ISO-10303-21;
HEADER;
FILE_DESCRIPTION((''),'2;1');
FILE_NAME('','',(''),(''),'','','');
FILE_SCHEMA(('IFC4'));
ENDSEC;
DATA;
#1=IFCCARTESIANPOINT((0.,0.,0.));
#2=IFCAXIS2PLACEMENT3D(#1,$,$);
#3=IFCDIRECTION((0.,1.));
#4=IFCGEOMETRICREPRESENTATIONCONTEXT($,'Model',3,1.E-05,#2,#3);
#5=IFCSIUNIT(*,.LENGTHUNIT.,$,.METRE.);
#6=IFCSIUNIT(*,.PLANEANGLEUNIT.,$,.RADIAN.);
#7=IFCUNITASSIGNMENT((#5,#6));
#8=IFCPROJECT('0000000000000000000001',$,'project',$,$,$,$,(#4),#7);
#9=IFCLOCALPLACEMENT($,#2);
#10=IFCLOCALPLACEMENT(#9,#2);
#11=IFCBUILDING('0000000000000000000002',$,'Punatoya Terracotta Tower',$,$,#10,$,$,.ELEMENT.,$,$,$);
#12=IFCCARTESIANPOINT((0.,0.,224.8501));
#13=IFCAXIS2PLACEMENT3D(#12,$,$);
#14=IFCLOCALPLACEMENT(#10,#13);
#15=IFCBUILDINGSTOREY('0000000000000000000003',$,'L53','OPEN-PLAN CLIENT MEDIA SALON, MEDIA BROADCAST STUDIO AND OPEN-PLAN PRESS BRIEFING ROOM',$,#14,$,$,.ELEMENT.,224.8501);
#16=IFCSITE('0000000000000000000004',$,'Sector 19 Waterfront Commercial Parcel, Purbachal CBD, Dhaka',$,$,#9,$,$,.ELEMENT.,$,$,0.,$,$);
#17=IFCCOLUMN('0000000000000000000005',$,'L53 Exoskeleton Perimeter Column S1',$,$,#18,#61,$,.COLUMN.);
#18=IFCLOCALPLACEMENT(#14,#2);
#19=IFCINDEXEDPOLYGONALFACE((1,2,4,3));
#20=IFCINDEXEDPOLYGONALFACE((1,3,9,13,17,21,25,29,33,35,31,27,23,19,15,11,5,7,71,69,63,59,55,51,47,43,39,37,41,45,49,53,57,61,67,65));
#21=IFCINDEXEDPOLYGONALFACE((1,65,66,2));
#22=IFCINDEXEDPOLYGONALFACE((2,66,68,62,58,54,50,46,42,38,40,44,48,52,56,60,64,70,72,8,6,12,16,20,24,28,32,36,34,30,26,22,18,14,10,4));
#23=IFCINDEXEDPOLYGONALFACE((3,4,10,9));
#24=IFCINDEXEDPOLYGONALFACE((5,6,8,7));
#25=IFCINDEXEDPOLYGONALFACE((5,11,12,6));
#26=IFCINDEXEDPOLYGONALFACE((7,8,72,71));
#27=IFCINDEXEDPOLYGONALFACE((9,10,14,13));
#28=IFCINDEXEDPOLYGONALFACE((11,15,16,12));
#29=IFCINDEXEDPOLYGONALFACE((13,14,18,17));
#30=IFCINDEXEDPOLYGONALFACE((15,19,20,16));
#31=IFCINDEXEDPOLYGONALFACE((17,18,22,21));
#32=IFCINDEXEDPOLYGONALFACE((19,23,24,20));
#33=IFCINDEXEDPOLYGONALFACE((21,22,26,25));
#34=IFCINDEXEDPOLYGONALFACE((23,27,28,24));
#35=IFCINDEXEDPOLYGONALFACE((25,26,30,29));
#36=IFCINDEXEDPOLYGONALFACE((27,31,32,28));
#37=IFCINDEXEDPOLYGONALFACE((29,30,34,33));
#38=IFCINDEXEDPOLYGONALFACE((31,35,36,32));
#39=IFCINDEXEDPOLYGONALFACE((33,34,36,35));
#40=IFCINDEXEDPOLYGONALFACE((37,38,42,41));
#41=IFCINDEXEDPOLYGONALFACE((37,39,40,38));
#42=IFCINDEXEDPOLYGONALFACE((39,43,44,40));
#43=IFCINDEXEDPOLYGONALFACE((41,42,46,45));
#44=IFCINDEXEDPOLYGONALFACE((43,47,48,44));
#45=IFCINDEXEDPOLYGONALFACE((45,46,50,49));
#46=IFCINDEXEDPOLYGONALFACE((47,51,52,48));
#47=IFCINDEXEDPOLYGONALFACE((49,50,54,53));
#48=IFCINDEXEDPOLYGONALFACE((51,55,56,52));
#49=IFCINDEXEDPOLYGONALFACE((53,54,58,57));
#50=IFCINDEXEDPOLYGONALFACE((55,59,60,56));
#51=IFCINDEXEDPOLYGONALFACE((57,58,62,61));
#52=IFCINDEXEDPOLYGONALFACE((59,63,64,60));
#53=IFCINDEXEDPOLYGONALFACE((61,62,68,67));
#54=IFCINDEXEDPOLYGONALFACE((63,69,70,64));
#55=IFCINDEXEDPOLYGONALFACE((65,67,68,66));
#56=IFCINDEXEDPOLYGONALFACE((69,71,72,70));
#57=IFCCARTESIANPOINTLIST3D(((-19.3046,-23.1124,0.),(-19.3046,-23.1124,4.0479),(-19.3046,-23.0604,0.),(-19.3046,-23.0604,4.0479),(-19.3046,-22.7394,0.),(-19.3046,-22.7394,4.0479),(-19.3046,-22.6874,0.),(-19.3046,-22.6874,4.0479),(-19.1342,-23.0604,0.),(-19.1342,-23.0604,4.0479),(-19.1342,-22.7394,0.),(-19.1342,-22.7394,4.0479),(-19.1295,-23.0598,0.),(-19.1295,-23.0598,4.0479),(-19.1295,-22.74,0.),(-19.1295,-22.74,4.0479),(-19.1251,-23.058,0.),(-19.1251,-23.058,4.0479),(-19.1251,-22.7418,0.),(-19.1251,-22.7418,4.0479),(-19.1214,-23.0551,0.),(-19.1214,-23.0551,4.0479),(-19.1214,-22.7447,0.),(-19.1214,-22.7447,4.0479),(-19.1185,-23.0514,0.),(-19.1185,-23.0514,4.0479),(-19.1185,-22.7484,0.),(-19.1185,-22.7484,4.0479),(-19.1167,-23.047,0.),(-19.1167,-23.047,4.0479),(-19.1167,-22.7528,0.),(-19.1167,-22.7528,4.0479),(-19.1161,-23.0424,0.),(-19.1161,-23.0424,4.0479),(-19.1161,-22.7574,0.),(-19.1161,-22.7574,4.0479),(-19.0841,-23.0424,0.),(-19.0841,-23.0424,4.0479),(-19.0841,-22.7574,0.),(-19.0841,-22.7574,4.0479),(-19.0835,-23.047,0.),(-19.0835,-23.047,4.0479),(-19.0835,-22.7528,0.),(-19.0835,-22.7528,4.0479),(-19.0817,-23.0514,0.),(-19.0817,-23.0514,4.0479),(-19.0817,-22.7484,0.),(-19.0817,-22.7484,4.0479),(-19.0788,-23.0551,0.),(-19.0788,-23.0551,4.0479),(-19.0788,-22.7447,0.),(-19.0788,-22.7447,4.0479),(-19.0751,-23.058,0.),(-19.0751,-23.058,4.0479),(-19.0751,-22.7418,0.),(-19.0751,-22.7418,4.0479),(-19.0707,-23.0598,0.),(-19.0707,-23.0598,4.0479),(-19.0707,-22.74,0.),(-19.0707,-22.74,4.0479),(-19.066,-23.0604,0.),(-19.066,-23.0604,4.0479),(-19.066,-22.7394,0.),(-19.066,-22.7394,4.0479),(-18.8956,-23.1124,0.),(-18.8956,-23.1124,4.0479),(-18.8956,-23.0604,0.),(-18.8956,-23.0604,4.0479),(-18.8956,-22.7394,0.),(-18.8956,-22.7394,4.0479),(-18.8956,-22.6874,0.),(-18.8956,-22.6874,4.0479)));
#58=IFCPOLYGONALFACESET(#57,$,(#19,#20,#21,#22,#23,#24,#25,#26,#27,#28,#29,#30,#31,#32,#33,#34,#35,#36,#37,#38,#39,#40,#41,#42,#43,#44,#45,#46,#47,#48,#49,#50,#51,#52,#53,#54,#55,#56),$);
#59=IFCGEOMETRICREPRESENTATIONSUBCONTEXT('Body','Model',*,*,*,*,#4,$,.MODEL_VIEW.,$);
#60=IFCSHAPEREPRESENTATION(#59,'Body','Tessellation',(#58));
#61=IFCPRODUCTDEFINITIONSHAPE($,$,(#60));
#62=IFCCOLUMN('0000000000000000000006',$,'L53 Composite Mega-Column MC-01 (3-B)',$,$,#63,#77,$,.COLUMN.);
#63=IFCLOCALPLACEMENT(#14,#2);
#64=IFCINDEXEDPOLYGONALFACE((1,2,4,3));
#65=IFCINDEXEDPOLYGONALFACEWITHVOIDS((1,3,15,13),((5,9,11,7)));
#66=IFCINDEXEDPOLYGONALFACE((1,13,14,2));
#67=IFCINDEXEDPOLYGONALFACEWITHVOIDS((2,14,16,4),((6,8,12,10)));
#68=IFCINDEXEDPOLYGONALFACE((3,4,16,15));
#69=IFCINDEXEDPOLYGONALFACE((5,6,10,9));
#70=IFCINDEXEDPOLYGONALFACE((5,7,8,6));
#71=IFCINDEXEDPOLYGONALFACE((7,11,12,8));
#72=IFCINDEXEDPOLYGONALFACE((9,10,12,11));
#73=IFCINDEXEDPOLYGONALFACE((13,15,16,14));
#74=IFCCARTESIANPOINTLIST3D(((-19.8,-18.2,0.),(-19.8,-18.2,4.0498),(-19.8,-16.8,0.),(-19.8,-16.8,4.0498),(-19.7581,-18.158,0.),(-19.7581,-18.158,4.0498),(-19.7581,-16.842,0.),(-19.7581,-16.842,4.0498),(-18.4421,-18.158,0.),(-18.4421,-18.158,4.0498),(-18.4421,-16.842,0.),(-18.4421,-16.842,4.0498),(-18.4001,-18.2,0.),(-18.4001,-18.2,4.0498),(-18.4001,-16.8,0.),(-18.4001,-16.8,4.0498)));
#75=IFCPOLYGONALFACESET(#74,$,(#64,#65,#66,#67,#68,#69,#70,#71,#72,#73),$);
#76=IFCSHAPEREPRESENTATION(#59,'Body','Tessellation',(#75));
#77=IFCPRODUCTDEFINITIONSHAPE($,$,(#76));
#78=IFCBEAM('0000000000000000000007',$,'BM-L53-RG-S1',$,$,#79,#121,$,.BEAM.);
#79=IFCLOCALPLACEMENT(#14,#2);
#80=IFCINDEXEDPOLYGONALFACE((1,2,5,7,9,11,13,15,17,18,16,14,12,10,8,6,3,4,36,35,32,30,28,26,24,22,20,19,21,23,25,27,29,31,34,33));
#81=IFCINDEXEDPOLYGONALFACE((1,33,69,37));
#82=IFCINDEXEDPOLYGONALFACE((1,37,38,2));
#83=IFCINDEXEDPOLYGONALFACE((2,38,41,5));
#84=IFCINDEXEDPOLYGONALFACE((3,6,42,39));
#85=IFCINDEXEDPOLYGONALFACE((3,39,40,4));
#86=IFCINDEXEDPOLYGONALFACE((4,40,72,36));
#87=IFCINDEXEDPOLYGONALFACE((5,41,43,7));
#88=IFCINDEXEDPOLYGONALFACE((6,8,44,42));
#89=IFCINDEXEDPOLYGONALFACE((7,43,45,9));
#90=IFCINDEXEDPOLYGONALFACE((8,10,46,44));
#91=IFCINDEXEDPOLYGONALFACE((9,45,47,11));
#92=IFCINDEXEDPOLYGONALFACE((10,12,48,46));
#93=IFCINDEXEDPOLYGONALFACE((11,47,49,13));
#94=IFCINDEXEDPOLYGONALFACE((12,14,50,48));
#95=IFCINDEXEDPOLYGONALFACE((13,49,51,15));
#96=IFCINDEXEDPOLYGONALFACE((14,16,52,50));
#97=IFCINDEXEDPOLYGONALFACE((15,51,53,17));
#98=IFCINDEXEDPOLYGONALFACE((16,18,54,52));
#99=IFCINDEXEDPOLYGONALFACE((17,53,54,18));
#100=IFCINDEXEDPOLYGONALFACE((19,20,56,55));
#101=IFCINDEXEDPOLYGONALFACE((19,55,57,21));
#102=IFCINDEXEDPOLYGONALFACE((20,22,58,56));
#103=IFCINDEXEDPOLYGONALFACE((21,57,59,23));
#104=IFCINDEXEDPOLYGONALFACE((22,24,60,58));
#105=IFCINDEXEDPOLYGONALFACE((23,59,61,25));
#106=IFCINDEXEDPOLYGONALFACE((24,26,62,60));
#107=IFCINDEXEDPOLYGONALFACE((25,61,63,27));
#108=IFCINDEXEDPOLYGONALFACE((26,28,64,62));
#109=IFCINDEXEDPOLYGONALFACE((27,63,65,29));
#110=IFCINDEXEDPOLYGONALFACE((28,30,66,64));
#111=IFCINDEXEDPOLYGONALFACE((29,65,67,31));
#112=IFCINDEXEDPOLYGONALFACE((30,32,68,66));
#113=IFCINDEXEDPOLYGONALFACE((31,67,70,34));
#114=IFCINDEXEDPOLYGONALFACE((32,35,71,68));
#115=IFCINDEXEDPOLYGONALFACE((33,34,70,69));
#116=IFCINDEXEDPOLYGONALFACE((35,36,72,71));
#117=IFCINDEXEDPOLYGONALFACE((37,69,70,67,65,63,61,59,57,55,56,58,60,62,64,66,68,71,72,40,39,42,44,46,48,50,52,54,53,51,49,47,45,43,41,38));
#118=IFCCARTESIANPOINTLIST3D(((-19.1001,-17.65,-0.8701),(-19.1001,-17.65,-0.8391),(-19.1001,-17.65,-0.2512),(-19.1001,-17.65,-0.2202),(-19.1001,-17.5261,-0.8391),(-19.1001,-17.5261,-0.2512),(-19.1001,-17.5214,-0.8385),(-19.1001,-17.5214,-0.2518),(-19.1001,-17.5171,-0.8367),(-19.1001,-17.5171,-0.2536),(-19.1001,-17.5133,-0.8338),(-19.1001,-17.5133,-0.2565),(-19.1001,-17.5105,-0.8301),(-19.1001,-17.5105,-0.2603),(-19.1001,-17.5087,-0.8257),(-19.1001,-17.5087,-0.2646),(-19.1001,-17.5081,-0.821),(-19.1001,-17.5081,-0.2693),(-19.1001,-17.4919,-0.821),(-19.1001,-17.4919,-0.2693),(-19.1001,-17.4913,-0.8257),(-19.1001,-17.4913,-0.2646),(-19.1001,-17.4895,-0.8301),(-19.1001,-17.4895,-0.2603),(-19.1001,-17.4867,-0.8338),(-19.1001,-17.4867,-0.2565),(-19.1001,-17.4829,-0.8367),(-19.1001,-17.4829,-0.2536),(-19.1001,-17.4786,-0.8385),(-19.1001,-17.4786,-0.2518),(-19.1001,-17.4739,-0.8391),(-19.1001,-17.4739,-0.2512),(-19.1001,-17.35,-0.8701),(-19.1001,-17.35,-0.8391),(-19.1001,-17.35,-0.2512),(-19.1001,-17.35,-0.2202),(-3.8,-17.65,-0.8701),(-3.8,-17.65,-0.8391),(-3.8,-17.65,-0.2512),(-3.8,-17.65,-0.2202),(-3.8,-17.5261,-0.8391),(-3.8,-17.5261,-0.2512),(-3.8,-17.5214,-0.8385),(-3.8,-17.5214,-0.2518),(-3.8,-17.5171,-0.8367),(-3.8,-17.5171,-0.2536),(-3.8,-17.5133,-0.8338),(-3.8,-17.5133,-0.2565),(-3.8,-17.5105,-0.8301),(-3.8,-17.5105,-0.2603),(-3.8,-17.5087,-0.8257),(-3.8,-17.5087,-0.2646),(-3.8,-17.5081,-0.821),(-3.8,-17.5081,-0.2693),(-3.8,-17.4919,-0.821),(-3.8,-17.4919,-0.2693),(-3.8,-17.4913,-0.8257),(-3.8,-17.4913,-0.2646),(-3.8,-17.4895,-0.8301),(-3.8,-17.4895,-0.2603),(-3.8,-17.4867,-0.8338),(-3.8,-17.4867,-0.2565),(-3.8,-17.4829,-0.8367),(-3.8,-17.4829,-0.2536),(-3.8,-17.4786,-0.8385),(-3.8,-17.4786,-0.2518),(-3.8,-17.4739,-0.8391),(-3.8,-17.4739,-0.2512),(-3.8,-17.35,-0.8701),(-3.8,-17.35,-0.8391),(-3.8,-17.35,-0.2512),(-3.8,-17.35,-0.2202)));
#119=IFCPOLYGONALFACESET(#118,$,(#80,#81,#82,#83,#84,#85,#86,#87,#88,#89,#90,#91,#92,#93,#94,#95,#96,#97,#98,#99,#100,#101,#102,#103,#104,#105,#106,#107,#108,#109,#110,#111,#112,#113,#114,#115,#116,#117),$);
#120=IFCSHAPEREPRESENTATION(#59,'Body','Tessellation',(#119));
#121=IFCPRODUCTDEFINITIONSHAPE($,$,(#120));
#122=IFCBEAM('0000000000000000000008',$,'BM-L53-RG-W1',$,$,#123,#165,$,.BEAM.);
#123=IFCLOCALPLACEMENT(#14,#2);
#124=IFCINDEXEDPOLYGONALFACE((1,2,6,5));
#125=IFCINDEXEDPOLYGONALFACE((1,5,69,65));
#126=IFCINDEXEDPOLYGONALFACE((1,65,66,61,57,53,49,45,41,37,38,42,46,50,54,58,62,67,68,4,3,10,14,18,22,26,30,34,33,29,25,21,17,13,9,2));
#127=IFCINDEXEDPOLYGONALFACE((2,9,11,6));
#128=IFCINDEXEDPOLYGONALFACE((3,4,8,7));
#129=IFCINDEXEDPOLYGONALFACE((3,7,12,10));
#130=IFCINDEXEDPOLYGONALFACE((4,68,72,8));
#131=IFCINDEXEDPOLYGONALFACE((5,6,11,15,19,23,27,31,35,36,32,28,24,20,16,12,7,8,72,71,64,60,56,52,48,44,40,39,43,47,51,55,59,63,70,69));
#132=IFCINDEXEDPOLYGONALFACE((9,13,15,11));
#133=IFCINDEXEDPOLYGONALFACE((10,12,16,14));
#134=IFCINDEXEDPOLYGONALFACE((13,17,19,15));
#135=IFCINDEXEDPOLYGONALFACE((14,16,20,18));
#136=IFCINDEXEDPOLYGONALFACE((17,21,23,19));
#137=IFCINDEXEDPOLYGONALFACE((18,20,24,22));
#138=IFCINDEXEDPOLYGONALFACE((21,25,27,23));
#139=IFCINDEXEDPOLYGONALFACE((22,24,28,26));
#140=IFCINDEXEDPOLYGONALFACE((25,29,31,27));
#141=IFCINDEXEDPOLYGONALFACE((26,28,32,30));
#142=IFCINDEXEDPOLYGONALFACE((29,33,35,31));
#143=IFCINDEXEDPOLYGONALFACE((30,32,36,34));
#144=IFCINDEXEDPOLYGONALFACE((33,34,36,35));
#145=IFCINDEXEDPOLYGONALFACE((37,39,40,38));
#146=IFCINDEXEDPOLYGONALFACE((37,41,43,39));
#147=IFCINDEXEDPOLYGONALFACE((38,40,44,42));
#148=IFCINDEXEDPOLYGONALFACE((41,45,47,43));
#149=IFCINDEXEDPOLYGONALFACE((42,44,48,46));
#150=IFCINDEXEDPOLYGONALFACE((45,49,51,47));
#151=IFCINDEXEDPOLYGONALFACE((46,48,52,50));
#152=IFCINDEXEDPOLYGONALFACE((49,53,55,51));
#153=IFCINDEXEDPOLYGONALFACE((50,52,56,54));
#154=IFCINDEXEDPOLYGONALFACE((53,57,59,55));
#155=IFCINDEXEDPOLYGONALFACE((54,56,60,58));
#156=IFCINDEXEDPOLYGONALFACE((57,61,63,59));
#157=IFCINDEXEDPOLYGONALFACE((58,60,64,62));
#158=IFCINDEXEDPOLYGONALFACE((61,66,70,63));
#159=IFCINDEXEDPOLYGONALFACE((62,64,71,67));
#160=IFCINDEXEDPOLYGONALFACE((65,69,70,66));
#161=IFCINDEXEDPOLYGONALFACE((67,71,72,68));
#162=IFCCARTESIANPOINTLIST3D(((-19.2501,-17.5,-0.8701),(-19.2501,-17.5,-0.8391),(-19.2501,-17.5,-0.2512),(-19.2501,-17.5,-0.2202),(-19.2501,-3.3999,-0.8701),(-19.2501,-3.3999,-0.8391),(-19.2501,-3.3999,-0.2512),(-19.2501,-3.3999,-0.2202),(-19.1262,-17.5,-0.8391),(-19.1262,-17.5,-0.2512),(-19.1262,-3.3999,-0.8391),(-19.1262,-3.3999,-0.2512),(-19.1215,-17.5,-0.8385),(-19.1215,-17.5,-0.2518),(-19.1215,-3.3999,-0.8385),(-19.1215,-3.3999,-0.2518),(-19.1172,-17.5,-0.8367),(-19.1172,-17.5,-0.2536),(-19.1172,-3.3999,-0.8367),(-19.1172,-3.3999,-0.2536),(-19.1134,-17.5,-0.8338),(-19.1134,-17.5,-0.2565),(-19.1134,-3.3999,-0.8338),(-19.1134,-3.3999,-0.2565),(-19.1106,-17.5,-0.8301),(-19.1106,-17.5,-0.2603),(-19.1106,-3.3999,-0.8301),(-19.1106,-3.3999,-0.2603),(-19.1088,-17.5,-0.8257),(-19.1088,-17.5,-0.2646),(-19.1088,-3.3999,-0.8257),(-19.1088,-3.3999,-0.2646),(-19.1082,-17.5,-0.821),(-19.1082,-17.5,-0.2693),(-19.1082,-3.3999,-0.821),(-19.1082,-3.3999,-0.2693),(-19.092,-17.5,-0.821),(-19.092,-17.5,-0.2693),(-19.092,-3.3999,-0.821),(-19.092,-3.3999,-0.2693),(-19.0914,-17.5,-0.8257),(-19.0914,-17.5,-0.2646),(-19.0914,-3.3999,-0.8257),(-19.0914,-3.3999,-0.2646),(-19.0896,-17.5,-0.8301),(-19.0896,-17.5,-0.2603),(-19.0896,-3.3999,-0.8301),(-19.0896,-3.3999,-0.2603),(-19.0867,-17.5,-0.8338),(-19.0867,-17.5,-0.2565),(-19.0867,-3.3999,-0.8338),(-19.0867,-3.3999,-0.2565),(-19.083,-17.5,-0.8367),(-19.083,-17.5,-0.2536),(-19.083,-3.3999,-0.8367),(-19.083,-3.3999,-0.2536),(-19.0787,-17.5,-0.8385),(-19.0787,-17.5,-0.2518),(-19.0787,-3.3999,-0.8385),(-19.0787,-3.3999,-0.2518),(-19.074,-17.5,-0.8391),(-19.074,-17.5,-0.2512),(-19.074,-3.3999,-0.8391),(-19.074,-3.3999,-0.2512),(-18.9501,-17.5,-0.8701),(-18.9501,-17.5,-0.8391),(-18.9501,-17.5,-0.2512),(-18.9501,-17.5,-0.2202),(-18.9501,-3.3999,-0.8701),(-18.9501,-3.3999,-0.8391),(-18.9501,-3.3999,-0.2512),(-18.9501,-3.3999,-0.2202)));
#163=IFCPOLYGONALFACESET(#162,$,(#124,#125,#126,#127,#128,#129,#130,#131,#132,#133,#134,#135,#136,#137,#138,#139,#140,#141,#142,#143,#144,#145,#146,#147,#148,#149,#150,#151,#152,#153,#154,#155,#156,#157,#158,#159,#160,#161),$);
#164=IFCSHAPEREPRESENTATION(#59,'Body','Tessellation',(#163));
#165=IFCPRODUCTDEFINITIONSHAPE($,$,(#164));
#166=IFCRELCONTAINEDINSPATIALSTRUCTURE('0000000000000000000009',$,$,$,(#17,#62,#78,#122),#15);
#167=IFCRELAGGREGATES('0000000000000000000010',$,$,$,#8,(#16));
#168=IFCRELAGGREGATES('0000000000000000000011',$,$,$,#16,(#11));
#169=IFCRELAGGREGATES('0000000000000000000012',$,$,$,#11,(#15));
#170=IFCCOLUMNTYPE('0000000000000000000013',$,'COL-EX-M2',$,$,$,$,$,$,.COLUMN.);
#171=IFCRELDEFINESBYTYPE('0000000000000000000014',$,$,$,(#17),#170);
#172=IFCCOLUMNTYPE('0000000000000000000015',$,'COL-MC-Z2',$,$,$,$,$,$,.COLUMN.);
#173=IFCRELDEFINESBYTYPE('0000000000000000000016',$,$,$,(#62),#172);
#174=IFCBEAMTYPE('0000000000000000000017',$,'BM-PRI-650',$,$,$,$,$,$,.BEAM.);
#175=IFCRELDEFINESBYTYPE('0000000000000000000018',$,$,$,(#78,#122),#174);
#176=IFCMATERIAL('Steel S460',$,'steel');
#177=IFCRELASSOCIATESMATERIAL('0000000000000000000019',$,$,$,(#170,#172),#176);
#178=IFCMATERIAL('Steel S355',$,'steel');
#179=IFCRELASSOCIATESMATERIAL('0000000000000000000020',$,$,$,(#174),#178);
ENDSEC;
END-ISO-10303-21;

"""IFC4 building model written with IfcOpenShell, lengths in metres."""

from ifc_helpers import new_model, si_unit, direction, frame, origin, origin_2d, place, context, subcontext, project, spatial, hollow_rectangle, i_section, extrude, material, material_profile, profile_set, type_object, element, save


model = new_model("IFC4")

# Units and contexts
model_context = context("Model", 3, precision=1e-05, world=origin(), true_north=direction((0.0, 1.0)))
body_context = subcontext(model_context, "Body", "Model", "MODEL_VIEW")
ifc_project = project(units=[si_unit("LENGTHUNIT", "METRE"), si_unit("PLANEANGLEUNIT", "RADIAN")], contexts=[model_context])

# Site, building, storey
site_placement = place(None, origin())
site = spatial("IfcSite", under=ifc_project, at=site_placement, Name="Sector 19 Waterfront Commercial Parcel, Purbachal CBD, Dhaka", CompositionType="ELEMENT", RefElevation=0.0)
building_placement = place(site_placement, origin())
building = spatial("IfcBuilding", under=site, at=building_placement, Name="Punatoya Terracotta Tower", CompositionType="ELEMENT")
storey_placement = place(building_placement, frame((0.0, 0.0, 224.8501)))
storey = spatial("IfcBuildingStorey", under=building, at=storey_placement, Name="L53", Description="OPEN-PLAN CLIENT MEDIA SALON, MEDIA BROADCAST STUDIO AND OPEN-PLAN PRESS BRIEFING ROOM", CompositionType="ELEMENT", Elevation=224.8501)

# Columns
ifc_material_1 = material(Name="Steel S460", Category="steel")
ifc_material_profile_1 = material_profile(ifc_material_1, i_section(OverallWidth=0.4089, OverallDepth=0.425, WebThickness=0.032, FlangeThickness=0.052, FilletRadius=0.0181, at=origin_2d()))
ifc_profile_set_1 = profile_set([ifc_material_profile_1], Name="Steel S460")
column_type_1 = type_object("IfcColumnType", Name="COL-EX-M2", PredefinedType="COLUMN", material=ifc_profile_set_1)
column_1_placement = place(storey_placement, frame((-19.1001, -22.8999, 0.0), z_axis=(0.0, 0.0, 1.0), x_axis=(1.0, 0.0, 0.0)))
element("IfcColumn", 1, at=column_1_placement, inside=storey, type_object=column_type_1, Name="L53 Exoskeleton Perimeter Column S1", PredefinedType="COLUMN", context=body_context, shape_type="SweptSolid", body=[
    extrude(i_section(OverallWidth=0.4089, OverallDepth=0.425, WebThickness=0.032, FlangeThickness=0.052, FilletRadius=0.0181, at=origin_2d()), origin(), (0.0, 0.0, 1.0), 4.0479),
])
ifc_material_profile_2 = material_profile(ifc_material_1, hollow_rectangle(XDim=1.3999, YDim=1.3999, WallThickness=0.042, at=origin_2d()))
ifc_profile_set_2 = profile_set([ifc_material_profile_2], Name="Steel S460")
column_type_2 = type_object("IfcColumnType", Name="COL-MC-Z2", PredefinedType="COLUMN", material=ifc_profile_set_2)
column_2_placement = place(storey_placement, frame((-19.1001, -17.5, 0.0), z_axis=(0.0, 0.0, 1.0), x_axis=(1.0, 0.0, 0.0)))
element("IfcColumn", 2, at=column_2_placement, inside=storey, type_object=column_type_2, Name="L53 Composite Mega-Column MC-01 (3-B)", PredefinedType="COLUMN", context=body_context, shape_type="SweptSolid", body=[
    extrude(hollow_rectangle(XDim=1.3999, YDim=1.3999, WallThickness=0.042, at=origin_2d()), origin(), (0.0, 0.0, 1.0), 4.0498),
])

# Beams
ifc_material_2 = material(Name="Steel S355", Category="steel")
ifc_material_profile_3 = material_profile(ifc_material_2, i_section(OverallWidth=0.3, OverallDepth=0.6499, WebThickness=0.0161, FlangeThickness=0.031, FilletRadius=0.0181, at=origin_2d()))
ifc_profile_set_3 = profile_set([ifc_material_profile_3], Name="Steel S355")
beam_type_1 = type_object("IfcBeamType", Name="BM-PRI-650", PredefinedType="BEAM", material=ifc_profile_set_3)
beam_1_placement = place(storey_placement, frame((-19.1001, -17.5, -0.5452), z_axis=(1.0, 0.0, 0.0), x_axis=(0.0, 1.0, 0.0)))
element("IfcBeam", 3, at=beam_1_placement, inside=storey, type_object=beam_type_1, Name="BM-L53-RG-S1", PredefinedType="BEAM", context=body_context, shape_type="SweptSolid", body=[
    extrude(i_section(OverallWidth=0.3, OverallDepth=0.6499, WebThickness=0.0161, FlangeThickness=0.031, FilletRadius=0.0181, at=origin_2d()), origin(), (0.0, 0.0, 1.0), 15.3),
])
beam_2_placement = place(storey_placement, frame((-19.1001, -17.5, -0.5452), z_axis=(0.0, 1.0, 0.0), x_axis=(-1.0, 0.0, 0.0)))
element("IfcBeam", 4, at=beam_2_placement, inside=storey, type_object=beam_type_1, Name="BM-L53-RG-W1", PredefinedType="BEAM", context=body_context, shape_type="SweptSolid", body=[
    extrude(i_section(OverallWidth=0.3, OverallDepth=0.6499, WebThickness=0.0161, FlangeThickness=0.031, FilletRadius=0.0181, at=origin_2d()), origin(), (0.0, 0.0, 1.0), 14.1001),
])

save(model, "model.ifc")
